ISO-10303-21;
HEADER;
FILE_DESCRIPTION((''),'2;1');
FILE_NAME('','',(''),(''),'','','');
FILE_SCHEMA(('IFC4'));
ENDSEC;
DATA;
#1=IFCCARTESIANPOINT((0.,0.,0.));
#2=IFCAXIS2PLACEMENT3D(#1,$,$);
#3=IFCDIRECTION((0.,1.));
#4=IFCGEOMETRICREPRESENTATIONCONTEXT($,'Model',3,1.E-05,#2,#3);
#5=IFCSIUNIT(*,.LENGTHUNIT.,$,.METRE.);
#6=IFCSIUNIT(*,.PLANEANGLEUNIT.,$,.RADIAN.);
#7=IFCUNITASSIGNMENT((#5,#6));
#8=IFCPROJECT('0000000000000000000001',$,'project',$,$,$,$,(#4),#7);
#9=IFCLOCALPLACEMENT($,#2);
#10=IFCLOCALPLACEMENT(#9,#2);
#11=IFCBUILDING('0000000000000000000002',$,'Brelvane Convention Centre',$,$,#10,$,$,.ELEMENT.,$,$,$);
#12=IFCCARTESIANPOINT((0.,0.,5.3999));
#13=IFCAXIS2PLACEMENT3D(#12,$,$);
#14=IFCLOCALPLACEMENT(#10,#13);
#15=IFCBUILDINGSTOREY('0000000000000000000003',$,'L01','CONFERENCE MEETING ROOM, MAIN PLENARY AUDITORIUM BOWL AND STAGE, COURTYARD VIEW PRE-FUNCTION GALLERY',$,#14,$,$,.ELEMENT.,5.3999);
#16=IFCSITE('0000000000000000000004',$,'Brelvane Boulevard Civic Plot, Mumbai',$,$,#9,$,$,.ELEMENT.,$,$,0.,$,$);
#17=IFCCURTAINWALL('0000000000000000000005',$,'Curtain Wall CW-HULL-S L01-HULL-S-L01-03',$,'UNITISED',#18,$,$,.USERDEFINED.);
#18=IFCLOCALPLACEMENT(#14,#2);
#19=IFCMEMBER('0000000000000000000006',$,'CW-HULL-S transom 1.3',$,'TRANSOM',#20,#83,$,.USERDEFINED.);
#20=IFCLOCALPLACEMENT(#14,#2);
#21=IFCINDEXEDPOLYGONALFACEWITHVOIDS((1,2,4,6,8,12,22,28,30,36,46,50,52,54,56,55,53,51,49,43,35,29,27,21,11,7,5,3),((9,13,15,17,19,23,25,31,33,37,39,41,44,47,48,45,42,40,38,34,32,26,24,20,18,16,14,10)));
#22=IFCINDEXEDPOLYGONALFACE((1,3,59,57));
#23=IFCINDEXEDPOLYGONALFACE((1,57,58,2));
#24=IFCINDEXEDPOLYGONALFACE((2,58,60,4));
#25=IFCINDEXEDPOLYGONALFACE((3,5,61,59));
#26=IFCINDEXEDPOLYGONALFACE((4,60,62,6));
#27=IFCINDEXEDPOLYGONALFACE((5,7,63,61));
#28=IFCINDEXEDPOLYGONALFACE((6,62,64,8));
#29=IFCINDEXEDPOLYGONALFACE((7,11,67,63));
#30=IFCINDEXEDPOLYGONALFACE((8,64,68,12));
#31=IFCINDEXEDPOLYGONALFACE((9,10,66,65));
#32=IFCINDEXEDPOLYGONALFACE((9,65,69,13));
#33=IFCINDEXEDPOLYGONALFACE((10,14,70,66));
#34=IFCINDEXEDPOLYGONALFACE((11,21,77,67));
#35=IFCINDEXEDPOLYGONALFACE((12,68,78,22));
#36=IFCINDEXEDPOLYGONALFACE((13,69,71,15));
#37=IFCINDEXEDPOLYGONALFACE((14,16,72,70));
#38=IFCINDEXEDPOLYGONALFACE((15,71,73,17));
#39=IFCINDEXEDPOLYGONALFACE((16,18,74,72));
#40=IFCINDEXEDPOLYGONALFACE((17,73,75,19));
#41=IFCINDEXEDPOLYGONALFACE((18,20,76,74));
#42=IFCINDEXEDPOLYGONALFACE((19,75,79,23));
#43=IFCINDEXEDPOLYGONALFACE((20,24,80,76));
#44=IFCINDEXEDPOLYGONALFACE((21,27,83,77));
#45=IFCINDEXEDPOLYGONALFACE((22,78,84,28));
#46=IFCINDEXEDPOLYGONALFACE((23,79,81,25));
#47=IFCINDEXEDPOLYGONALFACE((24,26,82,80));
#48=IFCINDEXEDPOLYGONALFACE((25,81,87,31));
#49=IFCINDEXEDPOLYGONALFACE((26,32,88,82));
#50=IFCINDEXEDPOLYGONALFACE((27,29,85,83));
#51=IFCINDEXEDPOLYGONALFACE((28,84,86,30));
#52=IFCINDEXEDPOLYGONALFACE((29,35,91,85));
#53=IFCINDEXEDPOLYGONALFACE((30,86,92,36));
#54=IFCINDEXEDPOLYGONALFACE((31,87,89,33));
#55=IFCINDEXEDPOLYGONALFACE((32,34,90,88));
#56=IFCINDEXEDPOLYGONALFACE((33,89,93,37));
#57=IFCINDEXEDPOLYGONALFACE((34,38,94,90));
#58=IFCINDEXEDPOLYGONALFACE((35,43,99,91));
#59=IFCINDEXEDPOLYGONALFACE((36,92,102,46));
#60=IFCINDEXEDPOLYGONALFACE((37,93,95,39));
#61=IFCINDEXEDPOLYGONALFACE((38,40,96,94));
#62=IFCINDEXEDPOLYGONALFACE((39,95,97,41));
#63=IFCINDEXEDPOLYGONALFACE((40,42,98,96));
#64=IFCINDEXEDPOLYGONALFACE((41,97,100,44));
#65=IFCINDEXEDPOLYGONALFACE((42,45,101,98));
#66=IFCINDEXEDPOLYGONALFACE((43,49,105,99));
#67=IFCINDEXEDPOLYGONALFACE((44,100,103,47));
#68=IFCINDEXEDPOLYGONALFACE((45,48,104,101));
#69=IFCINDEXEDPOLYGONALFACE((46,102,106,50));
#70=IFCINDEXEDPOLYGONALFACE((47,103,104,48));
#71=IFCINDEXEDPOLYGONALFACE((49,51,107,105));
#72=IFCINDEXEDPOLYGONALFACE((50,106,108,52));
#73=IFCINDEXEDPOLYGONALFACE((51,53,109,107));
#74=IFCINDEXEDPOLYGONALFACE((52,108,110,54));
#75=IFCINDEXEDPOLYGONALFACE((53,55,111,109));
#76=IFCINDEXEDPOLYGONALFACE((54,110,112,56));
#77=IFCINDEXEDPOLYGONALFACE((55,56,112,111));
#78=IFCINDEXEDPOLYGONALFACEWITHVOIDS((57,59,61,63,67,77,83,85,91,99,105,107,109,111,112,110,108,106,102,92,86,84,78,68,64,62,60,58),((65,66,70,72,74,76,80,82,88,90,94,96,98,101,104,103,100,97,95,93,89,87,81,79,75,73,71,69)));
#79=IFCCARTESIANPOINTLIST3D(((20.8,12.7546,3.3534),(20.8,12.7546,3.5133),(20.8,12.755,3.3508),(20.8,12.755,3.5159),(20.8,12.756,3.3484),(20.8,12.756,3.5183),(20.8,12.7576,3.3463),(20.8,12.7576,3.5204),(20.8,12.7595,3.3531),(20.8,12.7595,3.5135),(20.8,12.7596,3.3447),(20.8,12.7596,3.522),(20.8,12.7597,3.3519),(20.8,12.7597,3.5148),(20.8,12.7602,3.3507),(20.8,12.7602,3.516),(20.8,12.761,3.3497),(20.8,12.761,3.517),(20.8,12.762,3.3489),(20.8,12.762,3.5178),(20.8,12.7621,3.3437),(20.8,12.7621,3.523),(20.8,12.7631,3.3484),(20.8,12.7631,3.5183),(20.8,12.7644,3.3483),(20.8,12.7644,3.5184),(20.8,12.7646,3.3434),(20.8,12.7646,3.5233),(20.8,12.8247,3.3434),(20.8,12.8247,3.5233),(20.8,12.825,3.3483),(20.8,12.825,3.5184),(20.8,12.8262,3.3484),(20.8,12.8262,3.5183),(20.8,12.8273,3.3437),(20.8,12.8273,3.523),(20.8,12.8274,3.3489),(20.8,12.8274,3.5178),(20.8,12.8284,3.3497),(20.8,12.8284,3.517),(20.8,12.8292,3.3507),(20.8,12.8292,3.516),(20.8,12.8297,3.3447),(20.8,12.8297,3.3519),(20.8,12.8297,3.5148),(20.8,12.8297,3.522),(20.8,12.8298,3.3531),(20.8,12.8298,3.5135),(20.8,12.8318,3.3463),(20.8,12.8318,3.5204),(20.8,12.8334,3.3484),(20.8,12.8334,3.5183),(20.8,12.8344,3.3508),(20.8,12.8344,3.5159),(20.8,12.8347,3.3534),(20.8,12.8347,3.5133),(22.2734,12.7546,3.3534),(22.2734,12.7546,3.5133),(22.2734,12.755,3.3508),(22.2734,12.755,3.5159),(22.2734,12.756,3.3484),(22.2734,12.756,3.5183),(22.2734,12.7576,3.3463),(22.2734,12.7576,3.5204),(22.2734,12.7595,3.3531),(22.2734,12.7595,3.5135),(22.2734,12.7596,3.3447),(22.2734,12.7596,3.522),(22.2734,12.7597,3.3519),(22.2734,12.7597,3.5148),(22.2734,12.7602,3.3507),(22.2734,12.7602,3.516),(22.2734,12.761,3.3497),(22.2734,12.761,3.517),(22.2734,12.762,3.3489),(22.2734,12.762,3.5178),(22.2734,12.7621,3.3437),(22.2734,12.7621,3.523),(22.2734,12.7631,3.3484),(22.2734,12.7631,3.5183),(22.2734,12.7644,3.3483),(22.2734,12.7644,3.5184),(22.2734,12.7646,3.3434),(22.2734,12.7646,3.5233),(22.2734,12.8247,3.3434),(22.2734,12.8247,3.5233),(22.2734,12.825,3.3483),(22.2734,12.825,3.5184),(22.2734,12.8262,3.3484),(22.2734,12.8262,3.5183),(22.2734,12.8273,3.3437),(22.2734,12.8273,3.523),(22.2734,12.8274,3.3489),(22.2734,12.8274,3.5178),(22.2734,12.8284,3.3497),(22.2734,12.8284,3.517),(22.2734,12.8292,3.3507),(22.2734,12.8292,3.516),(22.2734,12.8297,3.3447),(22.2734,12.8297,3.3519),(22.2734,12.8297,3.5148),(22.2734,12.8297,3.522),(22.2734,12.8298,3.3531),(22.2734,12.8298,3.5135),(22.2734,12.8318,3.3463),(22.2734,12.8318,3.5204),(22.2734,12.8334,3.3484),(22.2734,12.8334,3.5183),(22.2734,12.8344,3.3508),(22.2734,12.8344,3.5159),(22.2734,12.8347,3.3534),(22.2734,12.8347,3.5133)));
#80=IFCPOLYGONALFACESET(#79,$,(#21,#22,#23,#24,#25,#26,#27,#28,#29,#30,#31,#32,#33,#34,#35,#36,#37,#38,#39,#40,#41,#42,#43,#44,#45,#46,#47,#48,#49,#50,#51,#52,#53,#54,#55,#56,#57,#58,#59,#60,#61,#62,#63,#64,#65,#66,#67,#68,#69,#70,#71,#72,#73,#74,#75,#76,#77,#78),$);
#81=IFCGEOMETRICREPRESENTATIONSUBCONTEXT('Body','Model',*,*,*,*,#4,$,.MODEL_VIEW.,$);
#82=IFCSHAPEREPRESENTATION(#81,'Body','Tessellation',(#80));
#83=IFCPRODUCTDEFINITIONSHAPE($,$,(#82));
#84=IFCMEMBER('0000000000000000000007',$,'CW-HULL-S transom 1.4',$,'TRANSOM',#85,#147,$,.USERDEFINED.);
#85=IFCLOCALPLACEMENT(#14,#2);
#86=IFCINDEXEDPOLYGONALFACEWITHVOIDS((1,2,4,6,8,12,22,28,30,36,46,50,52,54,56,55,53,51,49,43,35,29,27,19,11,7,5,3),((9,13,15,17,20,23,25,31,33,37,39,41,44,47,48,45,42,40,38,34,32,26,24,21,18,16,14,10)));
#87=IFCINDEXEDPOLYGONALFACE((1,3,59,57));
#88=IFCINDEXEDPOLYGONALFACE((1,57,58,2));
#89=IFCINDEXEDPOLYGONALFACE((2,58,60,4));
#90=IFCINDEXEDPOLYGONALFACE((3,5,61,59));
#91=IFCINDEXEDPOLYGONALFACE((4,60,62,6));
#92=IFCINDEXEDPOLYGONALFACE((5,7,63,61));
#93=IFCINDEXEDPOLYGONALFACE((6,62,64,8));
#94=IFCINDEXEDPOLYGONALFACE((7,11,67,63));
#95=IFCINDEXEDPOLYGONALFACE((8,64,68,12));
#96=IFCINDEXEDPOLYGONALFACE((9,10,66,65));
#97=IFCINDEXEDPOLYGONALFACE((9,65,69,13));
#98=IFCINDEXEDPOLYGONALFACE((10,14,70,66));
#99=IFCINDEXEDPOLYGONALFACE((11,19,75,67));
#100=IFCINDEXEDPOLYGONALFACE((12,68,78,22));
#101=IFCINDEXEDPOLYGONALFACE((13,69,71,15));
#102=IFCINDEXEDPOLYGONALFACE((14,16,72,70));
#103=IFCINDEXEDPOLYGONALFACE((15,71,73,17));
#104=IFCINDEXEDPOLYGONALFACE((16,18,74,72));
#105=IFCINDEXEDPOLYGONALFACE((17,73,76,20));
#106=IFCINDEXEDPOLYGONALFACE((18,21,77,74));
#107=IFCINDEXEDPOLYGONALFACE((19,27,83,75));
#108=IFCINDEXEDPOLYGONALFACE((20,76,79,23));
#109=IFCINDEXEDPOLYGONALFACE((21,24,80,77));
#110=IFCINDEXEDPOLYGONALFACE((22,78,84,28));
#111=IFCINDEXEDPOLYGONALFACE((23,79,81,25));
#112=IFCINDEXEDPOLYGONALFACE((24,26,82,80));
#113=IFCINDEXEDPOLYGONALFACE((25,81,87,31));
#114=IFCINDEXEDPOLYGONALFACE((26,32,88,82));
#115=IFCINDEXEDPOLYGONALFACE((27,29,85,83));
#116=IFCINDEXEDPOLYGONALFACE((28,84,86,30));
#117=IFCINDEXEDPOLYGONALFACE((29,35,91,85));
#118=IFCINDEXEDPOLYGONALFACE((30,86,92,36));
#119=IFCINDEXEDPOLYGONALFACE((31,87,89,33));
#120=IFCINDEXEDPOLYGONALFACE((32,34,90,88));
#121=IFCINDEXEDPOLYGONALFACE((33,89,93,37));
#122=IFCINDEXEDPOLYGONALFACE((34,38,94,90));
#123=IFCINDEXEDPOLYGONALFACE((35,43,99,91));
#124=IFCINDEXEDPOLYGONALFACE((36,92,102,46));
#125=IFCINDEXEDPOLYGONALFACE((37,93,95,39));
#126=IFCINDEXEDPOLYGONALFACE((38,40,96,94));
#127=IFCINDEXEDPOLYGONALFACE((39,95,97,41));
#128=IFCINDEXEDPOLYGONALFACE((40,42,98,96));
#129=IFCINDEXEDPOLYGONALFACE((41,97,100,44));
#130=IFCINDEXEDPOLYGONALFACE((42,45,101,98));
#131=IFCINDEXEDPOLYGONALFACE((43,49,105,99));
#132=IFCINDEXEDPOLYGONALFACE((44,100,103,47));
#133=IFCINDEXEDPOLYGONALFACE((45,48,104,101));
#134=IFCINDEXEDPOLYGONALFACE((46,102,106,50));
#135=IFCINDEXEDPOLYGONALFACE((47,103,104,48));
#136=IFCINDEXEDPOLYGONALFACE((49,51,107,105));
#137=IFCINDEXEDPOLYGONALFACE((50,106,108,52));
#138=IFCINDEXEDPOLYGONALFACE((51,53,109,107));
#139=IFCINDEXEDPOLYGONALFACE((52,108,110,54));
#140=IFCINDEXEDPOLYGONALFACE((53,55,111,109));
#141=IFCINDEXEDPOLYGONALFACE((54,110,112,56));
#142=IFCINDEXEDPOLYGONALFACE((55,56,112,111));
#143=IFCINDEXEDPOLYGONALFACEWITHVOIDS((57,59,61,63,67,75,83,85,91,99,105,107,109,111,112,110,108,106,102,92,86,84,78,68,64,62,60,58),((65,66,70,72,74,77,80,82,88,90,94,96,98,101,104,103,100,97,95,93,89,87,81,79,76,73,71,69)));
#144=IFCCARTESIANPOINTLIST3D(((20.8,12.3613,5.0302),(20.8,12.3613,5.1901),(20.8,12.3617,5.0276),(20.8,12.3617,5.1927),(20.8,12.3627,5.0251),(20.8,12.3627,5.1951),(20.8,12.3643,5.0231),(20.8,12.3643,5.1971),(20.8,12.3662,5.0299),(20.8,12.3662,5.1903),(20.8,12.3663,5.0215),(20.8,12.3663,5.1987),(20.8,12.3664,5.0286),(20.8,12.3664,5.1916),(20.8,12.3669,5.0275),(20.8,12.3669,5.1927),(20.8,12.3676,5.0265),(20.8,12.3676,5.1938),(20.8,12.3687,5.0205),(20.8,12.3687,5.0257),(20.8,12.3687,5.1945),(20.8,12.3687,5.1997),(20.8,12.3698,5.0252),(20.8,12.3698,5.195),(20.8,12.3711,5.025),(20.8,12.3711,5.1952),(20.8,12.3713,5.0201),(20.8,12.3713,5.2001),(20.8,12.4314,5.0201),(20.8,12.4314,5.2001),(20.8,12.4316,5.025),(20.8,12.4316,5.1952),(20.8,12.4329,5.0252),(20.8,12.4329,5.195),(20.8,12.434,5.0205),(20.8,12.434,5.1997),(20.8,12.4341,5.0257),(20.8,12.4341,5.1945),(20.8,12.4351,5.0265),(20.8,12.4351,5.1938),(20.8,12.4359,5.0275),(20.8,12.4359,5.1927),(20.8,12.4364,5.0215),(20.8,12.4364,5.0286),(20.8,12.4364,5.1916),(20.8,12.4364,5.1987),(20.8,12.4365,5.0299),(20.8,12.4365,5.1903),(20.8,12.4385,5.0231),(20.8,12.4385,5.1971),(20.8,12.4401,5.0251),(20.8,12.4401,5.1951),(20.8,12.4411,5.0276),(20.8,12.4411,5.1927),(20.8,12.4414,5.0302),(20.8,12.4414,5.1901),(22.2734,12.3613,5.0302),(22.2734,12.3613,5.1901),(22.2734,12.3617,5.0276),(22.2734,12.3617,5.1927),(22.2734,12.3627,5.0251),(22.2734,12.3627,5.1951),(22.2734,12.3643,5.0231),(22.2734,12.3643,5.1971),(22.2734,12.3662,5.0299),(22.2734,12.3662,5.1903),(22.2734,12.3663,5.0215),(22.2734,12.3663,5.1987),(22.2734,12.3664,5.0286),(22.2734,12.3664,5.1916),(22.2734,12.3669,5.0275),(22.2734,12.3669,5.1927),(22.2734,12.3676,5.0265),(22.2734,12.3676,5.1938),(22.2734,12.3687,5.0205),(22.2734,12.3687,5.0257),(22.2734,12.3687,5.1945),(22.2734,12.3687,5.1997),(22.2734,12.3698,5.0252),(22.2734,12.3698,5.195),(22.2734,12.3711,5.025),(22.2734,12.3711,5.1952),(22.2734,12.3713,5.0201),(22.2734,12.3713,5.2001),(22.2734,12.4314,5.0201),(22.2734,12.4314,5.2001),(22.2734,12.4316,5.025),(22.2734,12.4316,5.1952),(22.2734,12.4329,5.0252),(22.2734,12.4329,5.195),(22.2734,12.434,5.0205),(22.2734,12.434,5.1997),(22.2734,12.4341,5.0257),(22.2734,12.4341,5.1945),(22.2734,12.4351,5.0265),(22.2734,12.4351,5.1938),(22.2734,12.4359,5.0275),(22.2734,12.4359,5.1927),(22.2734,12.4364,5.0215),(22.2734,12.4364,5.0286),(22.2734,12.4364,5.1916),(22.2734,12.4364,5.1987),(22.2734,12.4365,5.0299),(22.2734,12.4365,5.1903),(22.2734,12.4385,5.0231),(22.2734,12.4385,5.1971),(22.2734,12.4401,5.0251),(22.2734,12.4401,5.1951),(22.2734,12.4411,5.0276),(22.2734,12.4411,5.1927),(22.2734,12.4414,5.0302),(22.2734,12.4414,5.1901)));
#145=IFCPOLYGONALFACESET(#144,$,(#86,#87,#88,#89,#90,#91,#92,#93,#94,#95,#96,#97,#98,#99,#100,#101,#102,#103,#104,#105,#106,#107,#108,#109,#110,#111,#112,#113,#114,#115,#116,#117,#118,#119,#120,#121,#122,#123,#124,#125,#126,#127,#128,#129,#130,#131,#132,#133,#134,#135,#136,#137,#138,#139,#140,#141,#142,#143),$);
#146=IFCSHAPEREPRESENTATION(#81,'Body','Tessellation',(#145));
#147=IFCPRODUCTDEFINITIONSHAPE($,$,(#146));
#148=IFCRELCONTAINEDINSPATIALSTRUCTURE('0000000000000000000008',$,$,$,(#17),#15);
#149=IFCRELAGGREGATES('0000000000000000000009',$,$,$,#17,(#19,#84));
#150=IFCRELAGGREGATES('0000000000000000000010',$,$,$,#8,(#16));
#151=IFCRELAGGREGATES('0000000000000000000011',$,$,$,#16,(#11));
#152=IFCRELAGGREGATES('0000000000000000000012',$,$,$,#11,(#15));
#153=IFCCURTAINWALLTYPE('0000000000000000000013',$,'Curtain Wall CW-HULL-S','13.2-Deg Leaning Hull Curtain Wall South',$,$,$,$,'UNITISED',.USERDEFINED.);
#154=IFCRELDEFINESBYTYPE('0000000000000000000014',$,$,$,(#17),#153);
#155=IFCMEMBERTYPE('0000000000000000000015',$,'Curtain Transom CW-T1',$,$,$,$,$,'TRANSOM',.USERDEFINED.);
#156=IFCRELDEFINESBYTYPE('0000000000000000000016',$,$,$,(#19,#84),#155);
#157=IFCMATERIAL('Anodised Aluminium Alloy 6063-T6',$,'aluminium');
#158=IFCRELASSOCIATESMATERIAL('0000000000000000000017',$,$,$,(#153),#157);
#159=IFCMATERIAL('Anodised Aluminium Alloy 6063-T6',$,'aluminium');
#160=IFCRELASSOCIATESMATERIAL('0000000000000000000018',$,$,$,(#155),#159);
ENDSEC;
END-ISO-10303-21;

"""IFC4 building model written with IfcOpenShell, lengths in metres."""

from ifc_helpers import new_model, si_unit, direction, frame, origin, origin_2d, place, context, subcontext, project, spatial, hollow_rectangle, extrude, material, material_profile, profile_set, type_object, element, aggregate, save


model = new_model("IFC4")

# Units and contexts
model_context = context("Model", 3, precision=1e-05, world=origin(), true_north=direction((0.0, 1.0)))
body_context = subcontext(model_context, "Body", "Model", "MODEL_VIEW")
ifc_project = project(units=[si_unit("LENGTHUNIT", "METRE"), si_unit("PLANEANGLEUNIT", "RADIAN")], contexts=[model_context])

# Site, building, storey
site_placement = place(None, origin())
site = spatial("IfcSite", under=ifc_project, at=site_placement, Name="Brelvane Boulevard Civic Plot, Mumbai", CompositionType="ELEMENT", RefElevation=0.0)
building_placement = place(site_placement, origin())
building = spatial("IfcBuilding", under=site, at=building_placement, Name="Brelvane Convention Centre", CompositionType="ELEMENT")
storey_placement = place(building_placement, frame((0.0, 0.0, 5.3999)))
storey = spatial("IfcBuildingStorey", under=building, at=storey_placement, Name="L01", Description="CONFERENCE MEETING ROOM, MAIN PLENARY AUDITORIUM BOWL AND STAGE, COURTYARD VIEW PRE-FUNCTION GALLERY", CompositionType="ELEMENT", Elevation=5.3999)

# Curtain wall, members
ifc_material_1 = material(Name="Anodised Aluminium Alloy 6063-T6", Category="aluminium")
curtain_wall_type = type_object("IfcCurtainWallType", Name="Curtain Wall CW-HULL-S", Description="13.2-Deg Leaning Hull Curtain Wall South", ElementType="UNITISED", PredefinedType="USERDEFINED", material=ifc_material_1)
ifc_material_2 = material(Name="Anodised Aluminium Alloy 6063-T6", Category="aluminium")
ifc_material_profile = material_profile(ifc_material_2, hollow_rectangle(XDim=0.0801, YDim=0.1799, WallThickness=0.0049, InnerFilletRadius=0.0049, OuterFilletRadius=0.01, at=origin_2d()), Name="ALU-T 180x80x5.0")
ifc_profile_set = profile_set([ifc_material_profile], Name="Anodised Aluminium Alloy 6063-T6")
member_type = type_object("IfcMemberType", Name="Curtain Transom CW-T1", ElementType="TRANSOM", PredefinedType="USERDEFINED", material=ifc_profile_set)
curtain_wall_1_placement = place(storey_placement, origin())
curtain_wall_1 = element("IfcCurtainWall", 1, at=curtain_wall_1_placement, inside=storey, type_object=curtain_wall_type, Name="Curtain Wall CW-HULL-S L01-HULL-S-L01-03", ObjectType="UNITISED", PredefinedType="USERDEFINED")
member_1_placement = place(storey_placement, frame((20.8, 12.7947, 3.4333), z_axis=(1.0, 0.0, 0.0), x_axis=(0.0, 1.0, 0.0)))
member_1 = element("IfcMember", 2, at=member_1_placement, type_object=member_type, Name="CW-HULL-S transom 1.3", ObjectType="TRANSOM", PredefinedType="USERDEFINED", context=body_context, shape_type="SweptSolid", body=[
    extrude(hollow_rectangle(XDim=0.0801, YDim=0.1799, WallThickness=0.0049, InnerFilletRadius=0.0049, OuterFilletRadius=0.01, at=origin_2d()), origin(), (0.0, 0.0, 1.0), 1.4734),
])
member_2_placement = place(storey_placement, frame((20.8, 12.4014, 5.1101), z_axis=(1.0, 0.0, 0.0), x_axis=(0.0, 1.0, 0.0)))
member_2 = element("IfcMember", 3, at=member_2_placement, type_object=member_type, Name="CW-HULL-S transom 1.4", ObjectType="TRANSOM", PredefinedType="USERDEFINED", context=body_context, shape_type="SweptSolid", body=[
    extrude(hollow_rectangle(XDim=0.0801, YDim=0.1799, WallThickness=0.0049, InnerFilletRadius=0.0049, OuterFilletRadius=0.01, at=origin_2d()), origin(), (0.0, 0.0, 1.0), 1.4734),
])

aggregate(curtain_wall_1, [member_1, member_2])

save(model, "model.ifc")
